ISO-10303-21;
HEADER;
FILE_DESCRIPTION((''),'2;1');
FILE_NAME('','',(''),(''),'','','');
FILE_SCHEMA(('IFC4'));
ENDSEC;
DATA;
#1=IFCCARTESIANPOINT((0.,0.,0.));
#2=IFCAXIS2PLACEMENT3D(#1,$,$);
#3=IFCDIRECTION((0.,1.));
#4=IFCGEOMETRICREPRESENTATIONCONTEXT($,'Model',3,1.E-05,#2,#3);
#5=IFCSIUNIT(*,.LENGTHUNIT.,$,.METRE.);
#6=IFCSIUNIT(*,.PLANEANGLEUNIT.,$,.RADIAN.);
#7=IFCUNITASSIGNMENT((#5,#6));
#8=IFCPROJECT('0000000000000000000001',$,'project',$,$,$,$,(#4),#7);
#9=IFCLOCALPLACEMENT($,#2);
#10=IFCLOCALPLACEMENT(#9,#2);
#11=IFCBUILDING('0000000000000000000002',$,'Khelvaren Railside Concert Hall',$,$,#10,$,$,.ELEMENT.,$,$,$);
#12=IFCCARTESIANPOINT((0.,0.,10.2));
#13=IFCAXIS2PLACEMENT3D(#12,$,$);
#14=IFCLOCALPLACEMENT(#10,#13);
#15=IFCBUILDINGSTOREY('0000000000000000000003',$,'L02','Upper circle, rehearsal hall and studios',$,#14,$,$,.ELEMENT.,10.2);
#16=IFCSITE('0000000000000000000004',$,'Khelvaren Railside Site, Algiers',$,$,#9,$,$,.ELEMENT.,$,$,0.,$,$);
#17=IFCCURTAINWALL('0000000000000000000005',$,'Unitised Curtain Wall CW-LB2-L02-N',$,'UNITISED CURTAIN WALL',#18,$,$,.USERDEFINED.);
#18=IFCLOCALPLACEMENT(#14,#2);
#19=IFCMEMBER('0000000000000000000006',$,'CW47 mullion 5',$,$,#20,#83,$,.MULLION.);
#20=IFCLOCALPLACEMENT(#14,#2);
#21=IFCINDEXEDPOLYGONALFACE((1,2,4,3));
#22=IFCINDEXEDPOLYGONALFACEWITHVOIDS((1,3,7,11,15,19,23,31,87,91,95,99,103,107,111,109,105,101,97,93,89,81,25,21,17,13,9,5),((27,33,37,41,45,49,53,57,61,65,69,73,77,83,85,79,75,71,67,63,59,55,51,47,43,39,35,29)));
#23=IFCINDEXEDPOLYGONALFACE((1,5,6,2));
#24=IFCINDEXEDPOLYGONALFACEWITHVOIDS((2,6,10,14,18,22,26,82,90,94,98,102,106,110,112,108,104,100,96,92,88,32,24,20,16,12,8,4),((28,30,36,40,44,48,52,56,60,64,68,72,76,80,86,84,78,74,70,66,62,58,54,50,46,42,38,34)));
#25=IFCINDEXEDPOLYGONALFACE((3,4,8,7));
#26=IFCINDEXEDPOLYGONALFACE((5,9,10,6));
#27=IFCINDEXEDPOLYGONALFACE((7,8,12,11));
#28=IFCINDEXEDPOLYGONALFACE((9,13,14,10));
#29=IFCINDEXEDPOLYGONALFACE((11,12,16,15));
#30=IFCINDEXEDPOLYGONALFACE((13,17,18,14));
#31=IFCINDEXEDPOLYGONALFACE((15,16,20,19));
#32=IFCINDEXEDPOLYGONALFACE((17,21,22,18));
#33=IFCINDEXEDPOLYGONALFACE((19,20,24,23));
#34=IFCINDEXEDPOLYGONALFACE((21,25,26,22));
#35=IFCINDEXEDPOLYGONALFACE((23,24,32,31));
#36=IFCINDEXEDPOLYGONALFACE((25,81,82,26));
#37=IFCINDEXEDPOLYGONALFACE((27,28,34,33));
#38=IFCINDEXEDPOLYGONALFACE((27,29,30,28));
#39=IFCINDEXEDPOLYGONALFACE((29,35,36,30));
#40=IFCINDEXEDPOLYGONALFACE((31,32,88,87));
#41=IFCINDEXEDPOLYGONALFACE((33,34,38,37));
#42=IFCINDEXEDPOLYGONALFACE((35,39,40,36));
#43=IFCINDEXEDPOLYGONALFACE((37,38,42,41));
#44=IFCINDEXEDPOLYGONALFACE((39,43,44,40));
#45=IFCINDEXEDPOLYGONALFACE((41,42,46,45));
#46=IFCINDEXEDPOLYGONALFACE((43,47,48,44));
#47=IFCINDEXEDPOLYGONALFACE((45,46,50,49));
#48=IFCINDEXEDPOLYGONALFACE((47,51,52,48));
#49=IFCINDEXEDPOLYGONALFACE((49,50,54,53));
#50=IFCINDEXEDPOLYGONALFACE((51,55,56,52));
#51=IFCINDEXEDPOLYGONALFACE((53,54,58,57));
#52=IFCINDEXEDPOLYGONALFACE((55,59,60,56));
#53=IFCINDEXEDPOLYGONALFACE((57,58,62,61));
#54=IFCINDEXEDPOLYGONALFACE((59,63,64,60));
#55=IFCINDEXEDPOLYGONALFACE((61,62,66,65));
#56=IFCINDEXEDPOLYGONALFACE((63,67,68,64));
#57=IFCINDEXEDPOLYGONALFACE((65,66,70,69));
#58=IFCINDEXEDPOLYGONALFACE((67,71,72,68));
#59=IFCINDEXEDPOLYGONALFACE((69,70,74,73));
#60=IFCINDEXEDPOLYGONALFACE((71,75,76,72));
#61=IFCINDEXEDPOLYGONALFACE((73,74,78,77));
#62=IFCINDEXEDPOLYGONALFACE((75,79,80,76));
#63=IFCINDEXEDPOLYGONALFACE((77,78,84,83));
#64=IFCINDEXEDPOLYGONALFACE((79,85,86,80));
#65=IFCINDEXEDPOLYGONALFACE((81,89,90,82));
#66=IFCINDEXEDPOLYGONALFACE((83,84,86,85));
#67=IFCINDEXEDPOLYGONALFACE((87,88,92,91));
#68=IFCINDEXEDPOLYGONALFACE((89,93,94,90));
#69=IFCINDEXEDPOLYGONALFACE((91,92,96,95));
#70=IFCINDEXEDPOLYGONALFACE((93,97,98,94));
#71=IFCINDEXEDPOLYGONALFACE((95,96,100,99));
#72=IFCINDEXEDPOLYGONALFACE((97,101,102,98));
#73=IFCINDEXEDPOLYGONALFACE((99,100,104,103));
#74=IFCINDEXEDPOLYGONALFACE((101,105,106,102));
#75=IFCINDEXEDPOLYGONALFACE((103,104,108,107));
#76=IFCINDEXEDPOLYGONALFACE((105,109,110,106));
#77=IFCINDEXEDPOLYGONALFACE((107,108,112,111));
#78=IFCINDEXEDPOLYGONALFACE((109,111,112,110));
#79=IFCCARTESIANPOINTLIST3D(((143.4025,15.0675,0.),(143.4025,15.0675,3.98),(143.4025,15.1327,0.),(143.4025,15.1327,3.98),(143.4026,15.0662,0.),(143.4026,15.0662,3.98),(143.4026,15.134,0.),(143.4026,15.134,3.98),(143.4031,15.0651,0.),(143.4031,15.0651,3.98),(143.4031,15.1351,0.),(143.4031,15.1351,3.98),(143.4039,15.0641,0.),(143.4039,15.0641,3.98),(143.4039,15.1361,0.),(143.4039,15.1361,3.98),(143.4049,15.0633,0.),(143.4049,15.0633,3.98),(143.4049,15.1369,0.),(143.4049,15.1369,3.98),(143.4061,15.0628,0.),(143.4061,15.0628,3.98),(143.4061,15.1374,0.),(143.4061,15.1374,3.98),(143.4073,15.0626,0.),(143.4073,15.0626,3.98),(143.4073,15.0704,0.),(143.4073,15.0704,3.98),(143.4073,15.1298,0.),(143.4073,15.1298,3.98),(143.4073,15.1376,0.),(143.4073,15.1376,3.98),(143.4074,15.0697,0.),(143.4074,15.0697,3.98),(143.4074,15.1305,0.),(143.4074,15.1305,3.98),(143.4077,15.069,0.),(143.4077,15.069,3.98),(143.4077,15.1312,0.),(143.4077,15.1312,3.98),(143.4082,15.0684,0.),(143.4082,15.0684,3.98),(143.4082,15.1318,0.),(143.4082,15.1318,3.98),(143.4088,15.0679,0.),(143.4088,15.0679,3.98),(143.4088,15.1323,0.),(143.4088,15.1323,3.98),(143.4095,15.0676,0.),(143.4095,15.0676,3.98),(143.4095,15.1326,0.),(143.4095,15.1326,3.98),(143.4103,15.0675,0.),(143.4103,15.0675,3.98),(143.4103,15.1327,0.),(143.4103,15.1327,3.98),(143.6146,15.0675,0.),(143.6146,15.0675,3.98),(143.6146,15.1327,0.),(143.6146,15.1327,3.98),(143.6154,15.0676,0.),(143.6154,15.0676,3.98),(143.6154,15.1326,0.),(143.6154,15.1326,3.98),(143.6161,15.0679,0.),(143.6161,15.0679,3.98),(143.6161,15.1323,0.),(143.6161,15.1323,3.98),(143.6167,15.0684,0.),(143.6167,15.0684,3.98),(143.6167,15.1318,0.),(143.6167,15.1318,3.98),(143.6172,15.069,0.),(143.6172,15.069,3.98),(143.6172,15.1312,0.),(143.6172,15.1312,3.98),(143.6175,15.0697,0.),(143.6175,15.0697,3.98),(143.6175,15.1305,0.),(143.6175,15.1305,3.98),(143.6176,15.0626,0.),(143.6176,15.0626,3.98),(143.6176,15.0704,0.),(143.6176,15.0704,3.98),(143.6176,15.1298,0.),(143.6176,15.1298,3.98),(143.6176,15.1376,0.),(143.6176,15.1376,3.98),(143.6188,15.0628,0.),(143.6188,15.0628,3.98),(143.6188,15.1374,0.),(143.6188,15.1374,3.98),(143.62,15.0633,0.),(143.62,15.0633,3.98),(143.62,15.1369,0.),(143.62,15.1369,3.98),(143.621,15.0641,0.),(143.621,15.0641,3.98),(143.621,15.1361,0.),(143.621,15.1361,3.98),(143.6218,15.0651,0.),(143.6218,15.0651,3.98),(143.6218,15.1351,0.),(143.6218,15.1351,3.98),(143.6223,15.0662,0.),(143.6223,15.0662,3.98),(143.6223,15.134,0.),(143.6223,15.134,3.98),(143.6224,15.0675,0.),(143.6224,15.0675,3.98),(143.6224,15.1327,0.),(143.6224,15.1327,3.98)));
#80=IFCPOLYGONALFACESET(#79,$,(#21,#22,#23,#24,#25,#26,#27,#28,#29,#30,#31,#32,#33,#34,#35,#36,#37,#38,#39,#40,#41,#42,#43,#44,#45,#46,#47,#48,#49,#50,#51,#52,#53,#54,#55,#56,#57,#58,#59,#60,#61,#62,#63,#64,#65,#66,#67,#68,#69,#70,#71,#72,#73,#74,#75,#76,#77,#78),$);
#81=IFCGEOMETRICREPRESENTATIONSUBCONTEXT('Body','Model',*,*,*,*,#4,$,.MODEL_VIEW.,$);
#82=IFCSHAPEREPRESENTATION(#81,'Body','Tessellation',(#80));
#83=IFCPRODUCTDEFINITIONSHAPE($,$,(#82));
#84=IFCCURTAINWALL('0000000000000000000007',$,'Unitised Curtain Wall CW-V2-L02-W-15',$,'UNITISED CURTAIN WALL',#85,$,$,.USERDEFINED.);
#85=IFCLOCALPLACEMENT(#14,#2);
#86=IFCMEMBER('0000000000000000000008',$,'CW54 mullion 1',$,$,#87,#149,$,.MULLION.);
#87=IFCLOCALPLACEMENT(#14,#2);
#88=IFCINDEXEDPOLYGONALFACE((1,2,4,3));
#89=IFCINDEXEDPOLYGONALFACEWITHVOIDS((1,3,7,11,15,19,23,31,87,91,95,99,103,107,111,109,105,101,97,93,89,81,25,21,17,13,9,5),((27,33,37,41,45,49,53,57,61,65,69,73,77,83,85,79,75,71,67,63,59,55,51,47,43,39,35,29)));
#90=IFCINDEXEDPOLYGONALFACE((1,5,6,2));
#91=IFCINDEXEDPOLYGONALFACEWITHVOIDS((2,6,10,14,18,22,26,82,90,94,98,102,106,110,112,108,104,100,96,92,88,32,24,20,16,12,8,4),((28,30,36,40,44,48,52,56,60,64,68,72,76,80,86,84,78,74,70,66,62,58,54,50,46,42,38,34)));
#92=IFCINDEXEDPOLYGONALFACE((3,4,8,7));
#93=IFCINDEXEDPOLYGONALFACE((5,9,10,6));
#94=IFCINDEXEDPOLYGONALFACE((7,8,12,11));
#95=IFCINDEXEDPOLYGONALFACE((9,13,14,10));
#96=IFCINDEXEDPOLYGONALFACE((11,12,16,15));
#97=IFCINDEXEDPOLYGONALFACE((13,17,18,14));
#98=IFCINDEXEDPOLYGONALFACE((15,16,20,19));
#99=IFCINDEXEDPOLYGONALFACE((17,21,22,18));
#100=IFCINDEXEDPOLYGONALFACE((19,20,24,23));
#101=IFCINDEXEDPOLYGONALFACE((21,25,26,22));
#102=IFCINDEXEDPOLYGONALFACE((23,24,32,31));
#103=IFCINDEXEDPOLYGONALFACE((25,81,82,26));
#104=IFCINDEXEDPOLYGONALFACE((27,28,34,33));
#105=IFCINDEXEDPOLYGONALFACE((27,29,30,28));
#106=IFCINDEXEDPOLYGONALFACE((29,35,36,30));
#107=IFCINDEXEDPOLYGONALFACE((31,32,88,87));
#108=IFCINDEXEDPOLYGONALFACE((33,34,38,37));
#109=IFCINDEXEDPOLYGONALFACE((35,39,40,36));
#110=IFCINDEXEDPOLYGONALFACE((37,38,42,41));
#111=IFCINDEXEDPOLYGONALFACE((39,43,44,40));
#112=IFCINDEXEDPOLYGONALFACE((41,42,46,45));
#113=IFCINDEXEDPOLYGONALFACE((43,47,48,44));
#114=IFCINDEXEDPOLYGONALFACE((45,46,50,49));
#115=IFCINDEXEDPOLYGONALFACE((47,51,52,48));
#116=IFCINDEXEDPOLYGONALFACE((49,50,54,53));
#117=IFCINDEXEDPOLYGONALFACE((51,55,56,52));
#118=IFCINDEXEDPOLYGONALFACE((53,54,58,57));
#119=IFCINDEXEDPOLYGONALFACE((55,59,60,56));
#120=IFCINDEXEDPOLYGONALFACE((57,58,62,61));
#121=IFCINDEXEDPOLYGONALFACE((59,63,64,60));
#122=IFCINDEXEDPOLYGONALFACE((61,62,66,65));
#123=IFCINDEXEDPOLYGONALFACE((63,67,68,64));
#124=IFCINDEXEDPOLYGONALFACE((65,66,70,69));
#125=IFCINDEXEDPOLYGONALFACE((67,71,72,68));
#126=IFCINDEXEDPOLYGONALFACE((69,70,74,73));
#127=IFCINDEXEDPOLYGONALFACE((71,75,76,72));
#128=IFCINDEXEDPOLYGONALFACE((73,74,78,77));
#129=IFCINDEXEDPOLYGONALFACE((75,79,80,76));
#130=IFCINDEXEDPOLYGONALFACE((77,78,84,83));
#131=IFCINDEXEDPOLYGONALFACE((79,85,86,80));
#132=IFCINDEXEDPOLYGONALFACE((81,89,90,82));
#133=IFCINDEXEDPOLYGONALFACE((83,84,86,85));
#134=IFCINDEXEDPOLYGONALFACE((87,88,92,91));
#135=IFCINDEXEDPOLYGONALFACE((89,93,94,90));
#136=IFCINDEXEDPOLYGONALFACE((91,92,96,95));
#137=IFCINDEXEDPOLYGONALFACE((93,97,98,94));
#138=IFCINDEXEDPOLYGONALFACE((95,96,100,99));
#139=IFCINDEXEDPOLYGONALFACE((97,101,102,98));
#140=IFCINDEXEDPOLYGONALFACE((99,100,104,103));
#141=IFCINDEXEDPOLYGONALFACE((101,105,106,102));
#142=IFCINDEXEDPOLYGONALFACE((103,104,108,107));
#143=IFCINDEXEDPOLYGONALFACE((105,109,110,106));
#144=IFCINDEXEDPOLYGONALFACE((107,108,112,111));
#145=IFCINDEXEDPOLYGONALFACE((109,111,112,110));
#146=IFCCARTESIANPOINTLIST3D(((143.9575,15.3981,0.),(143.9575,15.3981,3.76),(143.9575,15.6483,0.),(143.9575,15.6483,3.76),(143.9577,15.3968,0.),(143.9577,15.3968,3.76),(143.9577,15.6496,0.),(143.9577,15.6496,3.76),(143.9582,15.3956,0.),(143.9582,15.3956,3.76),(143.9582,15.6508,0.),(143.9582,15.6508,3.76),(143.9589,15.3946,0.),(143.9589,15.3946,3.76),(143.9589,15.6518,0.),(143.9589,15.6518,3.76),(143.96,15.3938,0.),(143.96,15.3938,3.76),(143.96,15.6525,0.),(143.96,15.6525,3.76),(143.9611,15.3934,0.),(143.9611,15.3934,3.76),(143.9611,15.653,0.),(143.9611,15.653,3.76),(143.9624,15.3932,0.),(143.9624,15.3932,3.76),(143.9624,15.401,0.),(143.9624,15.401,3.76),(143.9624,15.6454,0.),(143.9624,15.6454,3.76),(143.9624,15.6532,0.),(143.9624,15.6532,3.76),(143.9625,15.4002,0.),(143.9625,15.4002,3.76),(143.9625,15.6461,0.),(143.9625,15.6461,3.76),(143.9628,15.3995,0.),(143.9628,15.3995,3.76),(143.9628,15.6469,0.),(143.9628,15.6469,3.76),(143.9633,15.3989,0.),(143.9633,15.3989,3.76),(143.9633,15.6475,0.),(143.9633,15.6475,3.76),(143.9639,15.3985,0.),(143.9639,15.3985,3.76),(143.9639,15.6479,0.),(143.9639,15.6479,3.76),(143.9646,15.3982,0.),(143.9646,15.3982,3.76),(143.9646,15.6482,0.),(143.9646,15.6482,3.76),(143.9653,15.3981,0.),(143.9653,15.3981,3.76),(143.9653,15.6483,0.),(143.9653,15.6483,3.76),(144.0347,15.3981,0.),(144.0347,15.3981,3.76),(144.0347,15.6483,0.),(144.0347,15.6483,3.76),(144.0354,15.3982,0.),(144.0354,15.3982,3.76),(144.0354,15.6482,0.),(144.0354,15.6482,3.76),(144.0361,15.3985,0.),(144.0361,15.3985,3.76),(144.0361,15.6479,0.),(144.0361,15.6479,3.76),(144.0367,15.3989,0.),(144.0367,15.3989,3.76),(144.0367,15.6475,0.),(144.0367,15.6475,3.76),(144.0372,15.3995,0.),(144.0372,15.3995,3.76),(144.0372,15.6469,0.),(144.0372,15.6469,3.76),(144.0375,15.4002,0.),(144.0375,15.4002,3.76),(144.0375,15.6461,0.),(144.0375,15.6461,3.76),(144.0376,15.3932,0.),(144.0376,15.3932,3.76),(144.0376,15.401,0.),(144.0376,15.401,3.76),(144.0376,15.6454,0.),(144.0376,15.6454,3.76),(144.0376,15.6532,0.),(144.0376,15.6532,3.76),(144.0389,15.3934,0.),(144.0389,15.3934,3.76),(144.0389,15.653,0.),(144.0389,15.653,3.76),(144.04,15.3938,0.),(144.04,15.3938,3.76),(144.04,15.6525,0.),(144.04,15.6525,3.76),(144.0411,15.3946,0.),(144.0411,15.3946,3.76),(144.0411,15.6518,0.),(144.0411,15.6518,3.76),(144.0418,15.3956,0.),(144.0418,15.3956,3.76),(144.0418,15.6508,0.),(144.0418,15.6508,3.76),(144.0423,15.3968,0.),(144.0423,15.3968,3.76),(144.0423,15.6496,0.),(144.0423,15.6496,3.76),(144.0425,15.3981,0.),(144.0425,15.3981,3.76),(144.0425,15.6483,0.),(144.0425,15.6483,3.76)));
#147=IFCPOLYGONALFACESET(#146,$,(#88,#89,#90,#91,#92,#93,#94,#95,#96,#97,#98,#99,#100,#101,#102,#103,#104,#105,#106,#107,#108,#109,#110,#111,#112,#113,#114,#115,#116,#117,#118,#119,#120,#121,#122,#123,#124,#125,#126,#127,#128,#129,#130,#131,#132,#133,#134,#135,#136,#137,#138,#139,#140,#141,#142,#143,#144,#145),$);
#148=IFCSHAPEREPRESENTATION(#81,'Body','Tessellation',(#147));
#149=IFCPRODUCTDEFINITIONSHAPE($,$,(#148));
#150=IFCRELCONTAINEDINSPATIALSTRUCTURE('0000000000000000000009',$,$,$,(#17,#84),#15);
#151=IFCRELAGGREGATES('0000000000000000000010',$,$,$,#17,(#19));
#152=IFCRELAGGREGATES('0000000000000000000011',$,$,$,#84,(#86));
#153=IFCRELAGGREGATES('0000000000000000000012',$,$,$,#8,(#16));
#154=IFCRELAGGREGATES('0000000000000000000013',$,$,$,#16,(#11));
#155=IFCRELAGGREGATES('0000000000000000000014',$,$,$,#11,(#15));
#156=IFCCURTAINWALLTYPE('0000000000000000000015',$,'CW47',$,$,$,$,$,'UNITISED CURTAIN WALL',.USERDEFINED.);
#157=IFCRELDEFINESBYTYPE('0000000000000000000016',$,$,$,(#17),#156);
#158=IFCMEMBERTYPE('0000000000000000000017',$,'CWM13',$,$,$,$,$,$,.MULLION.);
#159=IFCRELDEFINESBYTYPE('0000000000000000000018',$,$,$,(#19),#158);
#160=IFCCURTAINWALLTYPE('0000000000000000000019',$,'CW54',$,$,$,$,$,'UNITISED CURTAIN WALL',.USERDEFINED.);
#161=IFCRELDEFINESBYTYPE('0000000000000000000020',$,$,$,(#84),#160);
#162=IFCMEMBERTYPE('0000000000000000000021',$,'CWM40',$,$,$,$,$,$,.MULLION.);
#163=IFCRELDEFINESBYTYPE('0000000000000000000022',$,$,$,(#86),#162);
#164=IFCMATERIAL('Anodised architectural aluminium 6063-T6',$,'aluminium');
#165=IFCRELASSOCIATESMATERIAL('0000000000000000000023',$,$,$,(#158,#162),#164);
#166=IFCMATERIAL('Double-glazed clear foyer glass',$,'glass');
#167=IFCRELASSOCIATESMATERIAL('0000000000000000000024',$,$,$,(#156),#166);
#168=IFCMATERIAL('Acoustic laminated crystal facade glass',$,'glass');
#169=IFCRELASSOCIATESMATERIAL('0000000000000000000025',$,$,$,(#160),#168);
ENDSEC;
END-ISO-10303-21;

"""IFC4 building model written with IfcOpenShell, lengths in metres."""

from ifc_helpers import new_model, si_unit, direction, frame, origin, origin_2d, place, context, subcontext, project, spatial, hollow_rectangle, extrude, material, material_profile, profile_set, type_object, element, aggregate, save


model = new_model("IFC4")

# Units and contexts
model_context = context("Model", 3, precision=1e-05, world=origin(), true_north=direction((0.0, 1.0)))
body_context = subcontext(model_context, "Body", "Model", "MODEL_VIEW")
ifc_project = project(units=[si_unit("LENGTHUNIT", "METRE"), si_unit("PLANEANGLEUNIT", "RADIAN")], contexts=[model_context])

# Site, building, storey
site_placement = place(None, origin())
site = spatial("IfcSite", under=ifc_project, at=site_placement, Name="Khelvaren Railside Site, Algiers", CompositionType="ELEMENT", RefElevation=0.0)
building_placement = place(site_placement, origin())
building = spatial("IfcBuilding", under=site, at=building_placement, Name="Khelvaren Railside Concert Hall", CompositionType="ELEMENT")
storey_placement = place(building_placement, frame((0.0, 0.0, 10.2)))
storey = spatial("IfcBuildingStorey", under=building, at=storey_placement, Name="L02", Description="Upper circle, rehearsal hall and studios", CompositionType="ELEMENT", Elevation=10.2)

# Curtain wall, member
ifc_material_1 = material(Name="Double-glazed clear foyer glass", Category="glass")
ifc_material_2 = material(Name="Anodised architectural aluminium 6063-T6", Category="aluminium")
ifc_material_profile_1 = material_profile(ifc_material_2, hollow_rectangle(XDim=0.075, YDim=0.22, WallThickness=0.0049, InnerFilletRadius=0.0029, OuterFilletRadius=0.0049, at=origin_2d()), Name="CWM 75x220x5")
ifc_profile_set_1 = profile_set([ifc_material_profile_1], Name="Anodised architectural aluminium 6063-T6")
member_type_1 = type_object("IfcMemberType", Name="CWM13", PredefinedType="MULLION", material=ifc_profile_set_1)
curtain_wall_type_1 = type_object("IfcCurtainWallType", Name="CW47", ElementType="UNITISED CURTAIN WALL", PredefinedType="USERDEFINED", material=ifc_material_1)
curtain_wall_1_placement = place(storey_placement, origin())
curtain_wall_1 = element("IfcCurtainWall", 1, at=curtain_wall_1_placement, inside=storey, type_object=curtain_wall_type_1, Name="Unitised Curtain Wall CW-LB2-L02-N", ObjectType="UNITISED CURTAIN WALL", PredefinedType="USERDEFINED")
member_1_placement = place(storey_placement, frame((143.5125, 15.1001, 0.0), z_axis=(0.0, 0.0, 1.0), x_axis=(0.0, 1.0, 0.0)))
member_1 = element("IfcMember", 2, at=member_1_placement, type_object=member_type_1, Name="CW47 mullion 5", PredefinedType="MULLION", context=body_context, shape_type="SweptSolid", body=[
    extrude(hollow_rectangle(XDim=0.075, YDim=0.22, WallThickness=0.0049, InnerFilletRadius=0.0029, OuterFilletRadius=0.0049, at=origin_2d()), origin(), (0.0, 0.0, 1.0), 3.98),
])

# Curtain wall, member
ifc_material_3 = material(Name="Acoustic laminated crystal facade glass", Category="glass")
curtain_wall_type_2 = type_object("IfcCurtainWallType", Name="CW54", ElementType="UNITISED CURTAIN WALL", PredefinedType="USERDEFINED", material=ifc_material_3)
curtain_wall_2_placement = place(storey_placement, origin())
curtain_wall_2 = element("IfcCurtainWall", 3, at=curtain_wall_2_placement, inside=storey, type_object=curtain_wall_type_2, Name="Unitised Curtain Wall CW-V2-L02-W-15", ObjectType="UNITISED CURTAIN WALL", PredefinedType="USERDEFINED")
ifc_material_profile_2 = material_profile(ifc_material_2, hollow_rectangle(XDim=0.085, YDim=0.26, WallThickness=0.0049, InnerFilletRadius=0.0029, OuterFilletRadius=0.0049, at=origin_2d()), Name="CWM 85x260x5")
ifc_profile_set_2 = profile_set([ifc_material_profile_2], Name="Anodised architectural aluminium 6063-T6")
member_type_2 = type_object("IfcMemberType", Name="CWM40", PredefinedType="MULLION", material=ifc_profile_set_2)
member_2_placement = place(storey_placement, frame((144.0, 15.5232, 0.0), z_axis=(0.0, 0.0, 1.0), x_axis=(-1.0, 0.0, 0.0)))
member_2 = element("IfcMember", 4, at=member_2_placement, type_object=member_type_2, Name="CW54 mullion 1", PredefinedType="MULLION", context=body_context, shape_type="SweptSolid", body=[
    extrude(hollow_rectangle(XDim=0.085, YDim=0.26, WallThickness=0.0049, InnerFilletRadius=0.0029, OuterFilletRadius=0.0049, at=origin_2d()), origin(), (0.0, 0.0, 1.0), 3.76),
])

aggregate(curtain_wall_1, [member_1])
aggregate(curtain_wall_2, [member_2])

save(model, "model.ifc")
